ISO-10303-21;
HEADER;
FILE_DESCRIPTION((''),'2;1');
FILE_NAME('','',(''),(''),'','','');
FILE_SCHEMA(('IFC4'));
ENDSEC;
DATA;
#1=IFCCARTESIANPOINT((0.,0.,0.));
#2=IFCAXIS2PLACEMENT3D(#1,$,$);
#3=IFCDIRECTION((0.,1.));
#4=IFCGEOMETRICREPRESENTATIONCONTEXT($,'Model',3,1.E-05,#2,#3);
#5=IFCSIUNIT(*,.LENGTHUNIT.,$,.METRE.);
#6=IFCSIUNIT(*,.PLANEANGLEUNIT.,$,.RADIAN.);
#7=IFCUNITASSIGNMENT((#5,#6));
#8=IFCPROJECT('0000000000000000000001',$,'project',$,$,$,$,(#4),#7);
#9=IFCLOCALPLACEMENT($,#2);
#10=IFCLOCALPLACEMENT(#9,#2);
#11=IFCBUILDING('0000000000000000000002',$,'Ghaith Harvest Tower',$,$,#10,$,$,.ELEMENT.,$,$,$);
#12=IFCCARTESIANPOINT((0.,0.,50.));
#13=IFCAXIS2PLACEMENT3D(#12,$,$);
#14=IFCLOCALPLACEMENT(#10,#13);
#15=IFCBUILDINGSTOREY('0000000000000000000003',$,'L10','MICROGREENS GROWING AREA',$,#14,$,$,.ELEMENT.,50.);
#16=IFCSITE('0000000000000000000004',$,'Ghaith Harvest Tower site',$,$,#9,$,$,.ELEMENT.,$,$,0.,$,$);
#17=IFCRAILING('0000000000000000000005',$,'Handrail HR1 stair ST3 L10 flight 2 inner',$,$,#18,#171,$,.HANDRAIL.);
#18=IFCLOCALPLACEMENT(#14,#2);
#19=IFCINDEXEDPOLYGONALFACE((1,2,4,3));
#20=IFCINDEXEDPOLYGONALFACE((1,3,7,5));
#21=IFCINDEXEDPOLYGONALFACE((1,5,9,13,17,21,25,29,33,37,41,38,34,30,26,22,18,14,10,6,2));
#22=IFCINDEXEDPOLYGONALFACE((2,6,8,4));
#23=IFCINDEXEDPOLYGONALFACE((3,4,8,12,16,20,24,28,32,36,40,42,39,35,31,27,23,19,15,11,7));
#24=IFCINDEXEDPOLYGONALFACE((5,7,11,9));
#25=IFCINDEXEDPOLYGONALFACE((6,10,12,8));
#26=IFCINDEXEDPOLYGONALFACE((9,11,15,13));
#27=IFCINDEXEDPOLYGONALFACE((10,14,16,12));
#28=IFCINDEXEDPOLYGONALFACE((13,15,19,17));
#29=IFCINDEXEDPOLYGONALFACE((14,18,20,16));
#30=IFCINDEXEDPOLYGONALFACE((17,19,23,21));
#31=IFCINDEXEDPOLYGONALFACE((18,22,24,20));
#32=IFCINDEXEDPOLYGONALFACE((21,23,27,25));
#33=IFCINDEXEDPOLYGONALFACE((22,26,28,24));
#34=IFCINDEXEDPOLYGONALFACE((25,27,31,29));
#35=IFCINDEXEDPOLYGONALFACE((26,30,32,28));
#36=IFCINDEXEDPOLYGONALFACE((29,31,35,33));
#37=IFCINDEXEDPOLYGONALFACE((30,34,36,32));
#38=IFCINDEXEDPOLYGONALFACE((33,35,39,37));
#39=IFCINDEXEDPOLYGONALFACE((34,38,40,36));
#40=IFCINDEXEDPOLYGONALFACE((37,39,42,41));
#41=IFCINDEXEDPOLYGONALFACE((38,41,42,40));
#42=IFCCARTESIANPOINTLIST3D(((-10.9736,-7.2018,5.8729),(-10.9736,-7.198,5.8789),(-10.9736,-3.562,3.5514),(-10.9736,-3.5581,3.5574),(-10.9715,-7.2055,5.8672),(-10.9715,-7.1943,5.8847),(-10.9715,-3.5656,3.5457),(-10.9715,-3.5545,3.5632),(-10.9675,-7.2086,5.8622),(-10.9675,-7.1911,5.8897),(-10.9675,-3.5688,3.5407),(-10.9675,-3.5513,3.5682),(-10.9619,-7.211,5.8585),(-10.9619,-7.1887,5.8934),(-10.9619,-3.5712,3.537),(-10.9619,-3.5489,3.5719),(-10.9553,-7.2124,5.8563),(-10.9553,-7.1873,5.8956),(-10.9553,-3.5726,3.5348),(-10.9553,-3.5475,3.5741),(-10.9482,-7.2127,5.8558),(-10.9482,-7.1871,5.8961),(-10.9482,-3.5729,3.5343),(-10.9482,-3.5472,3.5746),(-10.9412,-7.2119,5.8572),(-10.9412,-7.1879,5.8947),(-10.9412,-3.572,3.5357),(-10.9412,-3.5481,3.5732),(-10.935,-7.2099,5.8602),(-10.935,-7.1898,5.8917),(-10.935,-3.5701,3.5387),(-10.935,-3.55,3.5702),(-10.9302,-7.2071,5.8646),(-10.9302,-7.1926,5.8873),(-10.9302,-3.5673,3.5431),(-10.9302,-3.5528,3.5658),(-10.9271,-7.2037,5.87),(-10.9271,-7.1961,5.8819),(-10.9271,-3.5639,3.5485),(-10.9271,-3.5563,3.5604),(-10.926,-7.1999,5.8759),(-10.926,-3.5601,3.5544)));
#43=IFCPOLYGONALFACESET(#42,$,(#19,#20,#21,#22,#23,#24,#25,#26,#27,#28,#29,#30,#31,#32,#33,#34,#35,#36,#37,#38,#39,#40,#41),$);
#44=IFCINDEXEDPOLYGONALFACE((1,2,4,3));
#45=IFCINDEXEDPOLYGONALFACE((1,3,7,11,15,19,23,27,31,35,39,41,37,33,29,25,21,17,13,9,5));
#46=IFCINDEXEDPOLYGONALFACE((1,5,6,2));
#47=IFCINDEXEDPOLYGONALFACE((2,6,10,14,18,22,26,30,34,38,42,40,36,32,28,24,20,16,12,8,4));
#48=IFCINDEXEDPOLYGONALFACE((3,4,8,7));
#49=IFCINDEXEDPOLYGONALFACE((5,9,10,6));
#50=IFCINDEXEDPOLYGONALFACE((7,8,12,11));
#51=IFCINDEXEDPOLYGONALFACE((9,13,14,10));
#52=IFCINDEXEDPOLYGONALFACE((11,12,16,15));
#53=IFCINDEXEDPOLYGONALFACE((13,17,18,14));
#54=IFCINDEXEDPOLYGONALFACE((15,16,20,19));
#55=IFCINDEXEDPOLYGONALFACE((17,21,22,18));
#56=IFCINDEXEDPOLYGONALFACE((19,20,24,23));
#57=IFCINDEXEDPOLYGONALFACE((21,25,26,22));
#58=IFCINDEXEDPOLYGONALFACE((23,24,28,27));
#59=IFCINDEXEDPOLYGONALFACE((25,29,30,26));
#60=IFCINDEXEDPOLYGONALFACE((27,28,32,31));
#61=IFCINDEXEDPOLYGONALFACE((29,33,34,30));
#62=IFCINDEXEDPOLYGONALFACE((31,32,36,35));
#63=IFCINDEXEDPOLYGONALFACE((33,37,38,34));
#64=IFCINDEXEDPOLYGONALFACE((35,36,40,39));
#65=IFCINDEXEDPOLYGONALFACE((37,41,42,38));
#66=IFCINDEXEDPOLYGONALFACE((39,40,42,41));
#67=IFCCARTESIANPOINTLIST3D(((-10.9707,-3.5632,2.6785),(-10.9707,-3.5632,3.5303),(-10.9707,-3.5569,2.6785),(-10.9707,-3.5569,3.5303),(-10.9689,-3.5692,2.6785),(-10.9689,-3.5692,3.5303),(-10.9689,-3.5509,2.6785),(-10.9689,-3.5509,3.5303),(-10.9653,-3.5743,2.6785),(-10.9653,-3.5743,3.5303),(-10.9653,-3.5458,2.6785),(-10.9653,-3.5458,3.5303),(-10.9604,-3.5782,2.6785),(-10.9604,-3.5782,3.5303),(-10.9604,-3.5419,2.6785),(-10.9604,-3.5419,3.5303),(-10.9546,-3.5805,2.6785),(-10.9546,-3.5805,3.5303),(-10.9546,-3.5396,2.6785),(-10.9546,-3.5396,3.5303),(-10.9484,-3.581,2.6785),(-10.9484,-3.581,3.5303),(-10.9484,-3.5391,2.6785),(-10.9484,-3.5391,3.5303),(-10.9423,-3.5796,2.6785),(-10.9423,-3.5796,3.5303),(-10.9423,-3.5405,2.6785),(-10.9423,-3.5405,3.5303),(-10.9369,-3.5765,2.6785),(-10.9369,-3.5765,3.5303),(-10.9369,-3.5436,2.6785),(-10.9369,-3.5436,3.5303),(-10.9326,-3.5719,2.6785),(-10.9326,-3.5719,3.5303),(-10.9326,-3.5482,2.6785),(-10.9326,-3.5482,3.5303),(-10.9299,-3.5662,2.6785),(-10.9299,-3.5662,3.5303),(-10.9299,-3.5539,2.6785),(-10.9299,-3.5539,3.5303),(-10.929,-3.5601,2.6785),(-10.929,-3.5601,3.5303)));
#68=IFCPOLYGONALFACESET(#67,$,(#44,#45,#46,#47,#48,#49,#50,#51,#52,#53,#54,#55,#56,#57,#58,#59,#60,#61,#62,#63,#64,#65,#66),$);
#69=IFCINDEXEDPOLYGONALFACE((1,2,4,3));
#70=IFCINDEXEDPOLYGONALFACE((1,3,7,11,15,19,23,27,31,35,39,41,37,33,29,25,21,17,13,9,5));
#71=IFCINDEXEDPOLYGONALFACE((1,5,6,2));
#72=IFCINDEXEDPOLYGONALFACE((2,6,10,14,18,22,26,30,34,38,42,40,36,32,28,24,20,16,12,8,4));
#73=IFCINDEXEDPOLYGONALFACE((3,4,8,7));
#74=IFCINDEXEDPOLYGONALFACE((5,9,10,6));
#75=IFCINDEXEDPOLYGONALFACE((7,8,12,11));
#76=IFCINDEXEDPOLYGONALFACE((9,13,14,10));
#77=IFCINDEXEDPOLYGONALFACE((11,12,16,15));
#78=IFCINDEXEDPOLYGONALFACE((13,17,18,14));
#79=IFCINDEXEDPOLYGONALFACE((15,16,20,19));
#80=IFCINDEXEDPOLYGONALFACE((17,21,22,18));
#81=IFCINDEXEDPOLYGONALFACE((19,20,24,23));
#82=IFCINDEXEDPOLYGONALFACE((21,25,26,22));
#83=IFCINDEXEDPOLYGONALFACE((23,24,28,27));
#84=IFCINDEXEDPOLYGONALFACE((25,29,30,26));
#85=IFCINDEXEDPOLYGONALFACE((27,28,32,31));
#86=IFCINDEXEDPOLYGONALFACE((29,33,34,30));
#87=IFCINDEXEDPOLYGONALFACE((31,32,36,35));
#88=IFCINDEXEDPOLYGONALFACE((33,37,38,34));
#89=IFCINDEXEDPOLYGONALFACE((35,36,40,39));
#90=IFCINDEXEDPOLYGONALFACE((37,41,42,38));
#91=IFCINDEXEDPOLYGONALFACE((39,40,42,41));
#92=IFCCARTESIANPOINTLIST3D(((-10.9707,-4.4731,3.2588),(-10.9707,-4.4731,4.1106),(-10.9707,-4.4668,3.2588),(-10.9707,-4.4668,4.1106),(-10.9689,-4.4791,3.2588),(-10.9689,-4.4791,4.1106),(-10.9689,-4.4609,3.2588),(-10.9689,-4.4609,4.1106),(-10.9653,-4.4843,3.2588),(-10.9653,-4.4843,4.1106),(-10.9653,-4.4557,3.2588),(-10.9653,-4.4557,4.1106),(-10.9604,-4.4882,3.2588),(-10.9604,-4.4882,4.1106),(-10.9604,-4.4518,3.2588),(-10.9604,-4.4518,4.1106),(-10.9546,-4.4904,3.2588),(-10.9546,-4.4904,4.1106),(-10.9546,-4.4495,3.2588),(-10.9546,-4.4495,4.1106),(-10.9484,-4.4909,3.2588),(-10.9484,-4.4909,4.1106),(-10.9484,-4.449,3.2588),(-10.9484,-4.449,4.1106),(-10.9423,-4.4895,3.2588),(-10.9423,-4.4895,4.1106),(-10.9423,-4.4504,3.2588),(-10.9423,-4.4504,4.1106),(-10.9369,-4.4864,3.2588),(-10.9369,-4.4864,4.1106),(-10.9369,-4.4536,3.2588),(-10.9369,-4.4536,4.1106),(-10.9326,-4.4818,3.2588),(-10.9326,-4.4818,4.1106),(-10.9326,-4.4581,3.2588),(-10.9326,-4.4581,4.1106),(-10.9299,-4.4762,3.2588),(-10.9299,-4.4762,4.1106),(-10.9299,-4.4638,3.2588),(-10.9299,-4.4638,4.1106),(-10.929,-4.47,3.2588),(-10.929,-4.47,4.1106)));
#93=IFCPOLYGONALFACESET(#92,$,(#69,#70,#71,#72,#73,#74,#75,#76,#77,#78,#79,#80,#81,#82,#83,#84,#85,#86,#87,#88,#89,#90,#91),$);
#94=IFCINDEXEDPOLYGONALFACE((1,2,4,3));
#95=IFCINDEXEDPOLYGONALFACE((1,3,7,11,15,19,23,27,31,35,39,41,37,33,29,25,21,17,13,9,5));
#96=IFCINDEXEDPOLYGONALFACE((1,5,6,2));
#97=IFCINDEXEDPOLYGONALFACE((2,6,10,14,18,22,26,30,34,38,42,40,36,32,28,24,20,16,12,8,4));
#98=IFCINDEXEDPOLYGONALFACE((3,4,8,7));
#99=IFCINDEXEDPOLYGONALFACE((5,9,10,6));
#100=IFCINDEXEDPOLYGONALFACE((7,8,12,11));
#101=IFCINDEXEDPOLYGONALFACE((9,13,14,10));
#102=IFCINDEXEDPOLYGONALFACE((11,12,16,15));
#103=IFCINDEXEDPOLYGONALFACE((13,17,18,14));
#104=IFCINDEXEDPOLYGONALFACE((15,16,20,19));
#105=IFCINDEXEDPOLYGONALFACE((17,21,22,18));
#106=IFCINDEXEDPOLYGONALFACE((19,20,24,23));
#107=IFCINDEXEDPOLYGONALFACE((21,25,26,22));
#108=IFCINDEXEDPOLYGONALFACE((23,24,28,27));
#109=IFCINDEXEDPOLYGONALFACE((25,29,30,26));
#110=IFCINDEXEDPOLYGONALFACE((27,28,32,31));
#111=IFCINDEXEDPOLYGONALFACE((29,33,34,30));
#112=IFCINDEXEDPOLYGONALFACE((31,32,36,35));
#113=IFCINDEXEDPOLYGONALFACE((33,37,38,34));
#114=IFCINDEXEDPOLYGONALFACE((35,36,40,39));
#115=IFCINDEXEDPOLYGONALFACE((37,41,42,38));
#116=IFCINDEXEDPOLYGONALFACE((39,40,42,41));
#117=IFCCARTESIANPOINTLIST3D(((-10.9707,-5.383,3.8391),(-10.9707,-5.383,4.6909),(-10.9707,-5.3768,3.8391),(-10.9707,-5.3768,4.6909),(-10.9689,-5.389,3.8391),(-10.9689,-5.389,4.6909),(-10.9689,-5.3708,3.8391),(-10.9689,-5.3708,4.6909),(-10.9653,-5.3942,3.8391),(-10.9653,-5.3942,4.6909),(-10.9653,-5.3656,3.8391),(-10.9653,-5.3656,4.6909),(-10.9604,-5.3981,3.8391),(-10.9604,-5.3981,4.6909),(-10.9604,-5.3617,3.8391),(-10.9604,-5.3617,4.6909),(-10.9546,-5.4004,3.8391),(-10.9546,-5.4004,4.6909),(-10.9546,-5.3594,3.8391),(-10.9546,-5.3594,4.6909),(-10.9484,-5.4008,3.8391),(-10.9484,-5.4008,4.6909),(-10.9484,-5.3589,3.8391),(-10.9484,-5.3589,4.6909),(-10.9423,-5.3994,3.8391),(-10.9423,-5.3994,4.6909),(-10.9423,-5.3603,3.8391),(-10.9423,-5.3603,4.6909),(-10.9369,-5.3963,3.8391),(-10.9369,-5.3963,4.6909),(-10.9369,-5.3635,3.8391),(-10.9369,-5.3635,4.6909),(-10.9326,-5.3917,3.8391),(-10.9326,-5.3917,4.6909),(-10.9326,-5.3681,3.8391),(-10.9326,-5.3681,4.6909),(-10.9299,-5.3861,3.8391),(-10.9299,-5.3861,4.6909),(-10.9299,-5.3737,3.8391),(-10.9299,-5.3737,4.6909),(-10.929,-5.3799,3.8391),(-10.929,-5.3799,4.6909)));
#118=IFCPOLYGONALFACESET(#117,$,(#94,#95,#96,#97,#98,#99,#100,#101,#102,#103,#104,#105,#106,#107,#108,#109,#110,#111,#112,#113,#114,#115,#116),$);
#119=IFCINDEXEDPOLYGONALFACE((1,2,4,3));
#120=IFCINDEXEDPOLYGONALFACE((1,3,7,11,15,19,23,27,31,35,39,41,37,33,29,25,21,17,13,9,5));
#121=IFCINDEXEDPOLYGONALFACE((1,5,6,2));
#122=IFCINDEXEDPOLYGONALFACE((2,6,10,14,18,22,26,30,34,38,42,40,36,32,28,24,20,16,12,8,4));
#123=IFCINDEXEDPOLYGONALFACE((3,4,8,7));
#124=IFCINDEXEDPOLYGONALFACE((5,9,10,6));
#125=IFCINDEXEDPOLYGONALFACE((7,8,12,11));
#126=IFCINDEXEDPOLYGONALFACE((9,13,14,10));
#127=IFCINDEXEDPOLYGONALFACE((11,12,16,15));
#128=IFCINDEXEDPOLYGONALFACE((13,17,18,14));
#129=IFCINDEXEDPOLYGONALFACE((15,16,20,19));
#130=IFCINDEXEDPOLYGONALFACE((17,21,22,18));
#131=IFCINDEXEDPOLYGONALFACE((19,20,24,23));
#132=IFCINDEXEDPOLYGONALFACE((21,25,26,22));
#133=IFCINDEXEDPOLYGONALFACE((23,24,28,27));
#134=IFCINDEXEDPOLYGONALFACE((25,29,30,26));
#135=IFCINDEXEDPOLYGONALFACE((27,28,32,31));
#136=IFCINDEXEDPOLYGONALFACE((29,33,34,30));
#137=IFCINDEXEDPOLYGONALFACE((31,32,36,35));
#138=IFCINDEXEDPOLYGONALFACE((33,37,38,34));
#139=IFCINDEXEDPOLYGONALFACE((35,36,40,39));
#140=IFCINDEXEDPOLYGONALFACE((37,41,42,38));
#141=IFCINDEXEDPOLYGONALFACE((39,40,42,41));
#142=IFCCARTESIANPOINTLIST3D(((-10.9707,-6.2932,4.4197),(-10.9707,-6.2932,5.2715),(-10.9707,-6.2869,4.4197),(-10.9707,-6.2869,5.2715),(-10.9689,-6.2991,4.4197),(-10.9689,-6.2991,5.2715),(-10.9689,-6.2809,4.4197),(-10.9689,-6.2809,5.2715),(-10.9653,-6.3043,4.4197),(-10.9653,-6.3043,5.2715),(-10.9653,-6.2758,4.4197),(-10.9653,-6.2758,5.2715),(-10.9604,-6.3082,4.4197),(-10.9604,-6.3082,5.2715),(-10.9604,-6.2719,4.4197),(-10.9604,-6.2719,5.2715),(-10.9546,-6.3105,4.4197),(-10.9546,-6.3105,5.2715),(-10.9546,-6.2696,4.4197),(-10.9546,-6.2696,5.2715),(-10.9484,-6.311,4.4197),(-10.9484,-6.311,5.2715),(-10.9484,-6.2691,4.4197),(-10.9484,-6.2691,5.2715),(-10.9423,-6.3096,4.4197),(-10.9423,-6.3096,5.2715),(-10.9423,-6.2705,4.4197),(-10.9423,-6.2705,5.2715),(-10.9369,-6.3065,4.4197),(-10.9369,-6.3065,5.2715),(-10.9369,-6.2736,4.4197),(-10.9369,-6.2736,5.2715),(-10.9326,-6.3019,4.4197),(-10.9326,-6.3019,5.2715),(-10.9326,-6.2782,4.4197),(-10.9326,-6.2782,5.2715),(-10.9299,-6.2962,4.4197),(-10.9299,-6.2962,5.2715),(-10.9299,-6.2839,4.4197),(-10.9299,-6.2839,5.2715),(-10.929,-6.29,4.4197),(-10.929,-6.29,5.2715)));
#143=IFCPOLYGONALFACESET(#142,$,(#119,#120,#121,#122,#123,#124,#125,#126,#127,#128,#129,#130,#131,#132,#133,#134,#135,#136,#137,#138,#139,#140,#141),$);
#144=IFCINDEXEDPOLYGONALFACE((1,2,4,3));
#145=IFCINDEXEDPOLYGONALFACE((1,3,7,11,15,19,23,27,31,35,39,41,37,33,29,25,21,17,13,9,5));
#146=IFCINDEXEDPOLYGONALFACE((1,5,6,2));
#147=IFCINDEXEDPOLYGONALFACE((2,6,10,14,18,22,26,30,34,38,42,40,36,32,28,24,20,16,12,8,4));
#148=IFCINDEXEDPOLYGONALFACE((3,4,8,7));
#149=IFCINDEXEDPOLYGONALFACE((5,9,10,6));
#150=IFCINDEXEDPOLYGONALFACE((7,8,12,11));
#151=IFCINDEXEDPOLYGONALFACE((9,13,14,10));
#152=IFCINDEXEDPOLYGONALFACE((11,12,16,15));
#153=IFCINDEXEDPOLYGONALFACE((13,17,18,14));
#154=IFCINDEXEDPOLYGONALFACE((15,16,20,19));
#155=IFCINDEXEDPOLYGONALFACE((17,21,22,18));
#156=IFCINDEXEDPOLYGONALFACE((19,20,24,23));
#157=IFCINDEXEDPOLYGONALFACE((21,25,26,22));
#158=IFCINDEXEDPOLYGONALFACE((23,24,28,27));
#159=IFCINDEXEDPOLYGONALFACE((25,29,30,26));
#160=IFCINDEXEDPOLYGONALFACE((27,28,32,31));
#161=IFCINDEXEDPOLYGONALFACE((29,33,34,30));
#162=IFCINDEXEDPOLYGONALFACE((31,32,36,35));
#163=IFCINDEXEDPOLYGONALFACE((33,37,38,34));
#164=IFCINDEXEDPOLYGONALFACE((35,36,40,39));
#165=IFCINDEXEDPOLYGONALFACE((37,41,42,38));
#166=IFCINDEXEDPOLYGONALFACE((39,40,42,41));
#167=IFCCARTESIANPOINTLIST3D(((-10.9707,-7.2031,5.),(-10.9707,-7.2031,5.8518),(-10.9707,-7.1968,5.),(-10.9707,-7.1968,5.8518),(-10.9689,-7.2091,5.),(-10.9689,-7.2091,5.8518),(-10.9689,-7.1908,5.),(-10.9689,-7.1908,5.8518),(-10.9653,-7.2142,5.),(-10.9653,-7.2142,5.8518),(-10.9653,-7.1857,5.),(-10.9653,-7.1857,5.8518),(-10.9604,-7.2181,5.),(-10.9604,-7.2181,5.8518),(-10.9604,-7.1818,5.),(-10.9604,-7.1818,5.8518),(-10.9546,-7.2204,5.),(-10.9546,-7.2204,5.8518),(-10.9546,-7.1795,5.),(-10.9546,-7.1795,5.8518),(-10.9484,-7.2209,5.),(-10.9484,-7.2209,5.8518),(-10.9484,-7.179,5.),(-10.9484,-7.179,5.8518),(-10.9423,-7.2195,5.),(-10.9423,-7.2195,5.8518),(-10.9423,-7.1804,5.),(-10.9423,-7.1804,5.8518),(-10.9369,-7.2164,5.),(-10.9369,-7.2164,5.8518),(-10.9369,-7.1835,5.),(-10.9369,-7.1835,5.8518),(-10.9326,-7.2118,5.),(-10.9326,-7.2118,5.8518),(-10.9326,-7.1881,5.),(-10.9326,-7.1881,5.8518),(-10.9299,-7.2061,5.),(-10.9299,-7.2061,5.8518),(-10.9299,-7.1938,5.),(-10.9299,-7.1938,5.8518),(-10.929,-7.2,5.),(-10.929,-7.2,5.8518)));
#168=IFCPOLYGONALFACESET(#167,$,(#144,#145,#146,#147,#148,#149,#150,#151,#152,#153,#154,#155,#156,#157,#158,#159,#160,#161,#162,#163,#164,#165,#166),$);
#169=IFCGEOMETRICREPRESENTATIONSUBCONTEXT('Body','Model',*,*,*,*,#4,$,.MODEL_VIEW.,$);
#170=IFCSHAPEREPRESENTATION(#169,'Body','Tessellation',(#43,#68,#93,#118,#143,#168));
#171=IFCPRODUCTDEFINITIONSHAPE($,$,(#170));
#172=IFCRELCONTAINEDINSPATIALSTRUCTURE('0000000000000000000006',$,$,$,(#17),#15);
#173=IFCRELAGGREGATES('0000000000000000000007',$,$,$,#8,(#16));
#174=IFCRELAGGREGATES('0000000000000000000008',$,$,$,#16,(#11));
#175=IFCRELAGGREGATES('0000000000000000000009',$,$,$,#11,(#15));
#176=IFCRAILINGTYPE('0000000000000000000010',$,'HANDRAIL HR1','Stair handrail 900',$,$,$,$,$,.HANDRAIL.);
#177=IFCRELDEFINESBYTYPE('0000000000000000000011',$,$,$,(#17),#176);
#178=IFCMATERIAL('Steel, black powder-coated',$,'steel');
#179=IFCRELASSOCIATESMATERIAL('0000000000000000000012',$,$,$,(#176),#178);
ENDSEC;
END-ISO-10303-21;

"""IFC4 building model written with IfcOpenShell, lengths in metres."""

from ifc_helpers import new_model, si_unit, direction, frame, origin, origin_2d, place, context, subcontext, project, spatial, circle, extrude, material, type_object, element, save


model = new_model("IFC4")

# Units and contexts
model_context = context("Model", 3, precision=1e-05, world=origin(), true_north=direction((0.0, 1.0)))
body_context = subcontext(model_context, "Body", "Model", "MODEL_VIEW")
ifc_project = project(units=[si_unit("LENGTHUNIT", "METRE"), si_unit("PLANEANGLEUNIT", "RADIAN")], contexts=[model_context])

# Site, building, storey
site_placement = place(None, origin())
site = spatial("IfcSite", under=ifc_project, at=site_placement, Name="Ghaith Harvest Tower site", CompositionType="ELEMENT", RefElevation=0.0)
building_placement = place(site_placement, origin())
building = spatial("IfcBuilding", under=site, at=building_placement, Name="Ghaith Harvest Tower", CompositionType="ELEMENT")
storey_placement = place(building_placement, frame((0.0, 0.0, 50.0)))
storey = spatial("IfcBuildingStorey", under=building, at=storey_placement, Name="L10", Description="MICROGREENS GROWING AREA", CompositionType="ELEMENT", Elevation=50.0)

# Railing
ifc_material_1 = material(Name="Steel, black powder-coated", Category="steel")
railing_type = type_object("IfcRailingType", Name="HANDRAIL HR1", Description="Stair handrail 900", PredefinedType="HANDRAIL", material=ifc_material_1)
railing_1_placement = place(storey_placement, frame((-10.95, -3.5601, 2.6785)))
element("IfcRailing", 1, at=railing_1_placement, inside=storey, type_object=railing_type, Name="Handrail HR1 stair ST3 L10 flight 2 inner", PredefinedType="HANDRAIL", context=body_context, shape_type="SweptSolid", body=[
    extrude(circle(Radius=0.0239, at=origin_2d()), frame((0.0, 0.0, 0.876), z_axis=(0.0, -0.843112, 0.537739), x_axis=(1.0, 0.0, 0.0)), (0.0, 0.0, 1.0), 4.3171),
    extrude(circle(Radius=0.021, at=origin_2d()), origin(), (0.0, 0.0, 1.0), 0.8518),
    extrude(circle(Radius=0.021, at=origin_2d()), frame((0.0, -0.9099, 0.5803)), (0.0, 0.0, 1.0), 0.8518),
    extrude(circle(Radius=0.021, at=origin_2d()), frame((0.0, -1.8198, 1.1606)), (0.0, 0.0, 1.0), 0.8518),
    extrude(circle(Radius=0.021, at=origin_2d()), frame((0.0, -2.73, 1.7412)), (0.0, 0.0, 1.0), 0.8518),
    extrude(circle(Radius=0.021, at=origin_2d()), frame((0.0, -3.6399, 2.3215)), (0.0, 0.0, 1.0), 0.8518),
])

save(model, "model.ifc")
